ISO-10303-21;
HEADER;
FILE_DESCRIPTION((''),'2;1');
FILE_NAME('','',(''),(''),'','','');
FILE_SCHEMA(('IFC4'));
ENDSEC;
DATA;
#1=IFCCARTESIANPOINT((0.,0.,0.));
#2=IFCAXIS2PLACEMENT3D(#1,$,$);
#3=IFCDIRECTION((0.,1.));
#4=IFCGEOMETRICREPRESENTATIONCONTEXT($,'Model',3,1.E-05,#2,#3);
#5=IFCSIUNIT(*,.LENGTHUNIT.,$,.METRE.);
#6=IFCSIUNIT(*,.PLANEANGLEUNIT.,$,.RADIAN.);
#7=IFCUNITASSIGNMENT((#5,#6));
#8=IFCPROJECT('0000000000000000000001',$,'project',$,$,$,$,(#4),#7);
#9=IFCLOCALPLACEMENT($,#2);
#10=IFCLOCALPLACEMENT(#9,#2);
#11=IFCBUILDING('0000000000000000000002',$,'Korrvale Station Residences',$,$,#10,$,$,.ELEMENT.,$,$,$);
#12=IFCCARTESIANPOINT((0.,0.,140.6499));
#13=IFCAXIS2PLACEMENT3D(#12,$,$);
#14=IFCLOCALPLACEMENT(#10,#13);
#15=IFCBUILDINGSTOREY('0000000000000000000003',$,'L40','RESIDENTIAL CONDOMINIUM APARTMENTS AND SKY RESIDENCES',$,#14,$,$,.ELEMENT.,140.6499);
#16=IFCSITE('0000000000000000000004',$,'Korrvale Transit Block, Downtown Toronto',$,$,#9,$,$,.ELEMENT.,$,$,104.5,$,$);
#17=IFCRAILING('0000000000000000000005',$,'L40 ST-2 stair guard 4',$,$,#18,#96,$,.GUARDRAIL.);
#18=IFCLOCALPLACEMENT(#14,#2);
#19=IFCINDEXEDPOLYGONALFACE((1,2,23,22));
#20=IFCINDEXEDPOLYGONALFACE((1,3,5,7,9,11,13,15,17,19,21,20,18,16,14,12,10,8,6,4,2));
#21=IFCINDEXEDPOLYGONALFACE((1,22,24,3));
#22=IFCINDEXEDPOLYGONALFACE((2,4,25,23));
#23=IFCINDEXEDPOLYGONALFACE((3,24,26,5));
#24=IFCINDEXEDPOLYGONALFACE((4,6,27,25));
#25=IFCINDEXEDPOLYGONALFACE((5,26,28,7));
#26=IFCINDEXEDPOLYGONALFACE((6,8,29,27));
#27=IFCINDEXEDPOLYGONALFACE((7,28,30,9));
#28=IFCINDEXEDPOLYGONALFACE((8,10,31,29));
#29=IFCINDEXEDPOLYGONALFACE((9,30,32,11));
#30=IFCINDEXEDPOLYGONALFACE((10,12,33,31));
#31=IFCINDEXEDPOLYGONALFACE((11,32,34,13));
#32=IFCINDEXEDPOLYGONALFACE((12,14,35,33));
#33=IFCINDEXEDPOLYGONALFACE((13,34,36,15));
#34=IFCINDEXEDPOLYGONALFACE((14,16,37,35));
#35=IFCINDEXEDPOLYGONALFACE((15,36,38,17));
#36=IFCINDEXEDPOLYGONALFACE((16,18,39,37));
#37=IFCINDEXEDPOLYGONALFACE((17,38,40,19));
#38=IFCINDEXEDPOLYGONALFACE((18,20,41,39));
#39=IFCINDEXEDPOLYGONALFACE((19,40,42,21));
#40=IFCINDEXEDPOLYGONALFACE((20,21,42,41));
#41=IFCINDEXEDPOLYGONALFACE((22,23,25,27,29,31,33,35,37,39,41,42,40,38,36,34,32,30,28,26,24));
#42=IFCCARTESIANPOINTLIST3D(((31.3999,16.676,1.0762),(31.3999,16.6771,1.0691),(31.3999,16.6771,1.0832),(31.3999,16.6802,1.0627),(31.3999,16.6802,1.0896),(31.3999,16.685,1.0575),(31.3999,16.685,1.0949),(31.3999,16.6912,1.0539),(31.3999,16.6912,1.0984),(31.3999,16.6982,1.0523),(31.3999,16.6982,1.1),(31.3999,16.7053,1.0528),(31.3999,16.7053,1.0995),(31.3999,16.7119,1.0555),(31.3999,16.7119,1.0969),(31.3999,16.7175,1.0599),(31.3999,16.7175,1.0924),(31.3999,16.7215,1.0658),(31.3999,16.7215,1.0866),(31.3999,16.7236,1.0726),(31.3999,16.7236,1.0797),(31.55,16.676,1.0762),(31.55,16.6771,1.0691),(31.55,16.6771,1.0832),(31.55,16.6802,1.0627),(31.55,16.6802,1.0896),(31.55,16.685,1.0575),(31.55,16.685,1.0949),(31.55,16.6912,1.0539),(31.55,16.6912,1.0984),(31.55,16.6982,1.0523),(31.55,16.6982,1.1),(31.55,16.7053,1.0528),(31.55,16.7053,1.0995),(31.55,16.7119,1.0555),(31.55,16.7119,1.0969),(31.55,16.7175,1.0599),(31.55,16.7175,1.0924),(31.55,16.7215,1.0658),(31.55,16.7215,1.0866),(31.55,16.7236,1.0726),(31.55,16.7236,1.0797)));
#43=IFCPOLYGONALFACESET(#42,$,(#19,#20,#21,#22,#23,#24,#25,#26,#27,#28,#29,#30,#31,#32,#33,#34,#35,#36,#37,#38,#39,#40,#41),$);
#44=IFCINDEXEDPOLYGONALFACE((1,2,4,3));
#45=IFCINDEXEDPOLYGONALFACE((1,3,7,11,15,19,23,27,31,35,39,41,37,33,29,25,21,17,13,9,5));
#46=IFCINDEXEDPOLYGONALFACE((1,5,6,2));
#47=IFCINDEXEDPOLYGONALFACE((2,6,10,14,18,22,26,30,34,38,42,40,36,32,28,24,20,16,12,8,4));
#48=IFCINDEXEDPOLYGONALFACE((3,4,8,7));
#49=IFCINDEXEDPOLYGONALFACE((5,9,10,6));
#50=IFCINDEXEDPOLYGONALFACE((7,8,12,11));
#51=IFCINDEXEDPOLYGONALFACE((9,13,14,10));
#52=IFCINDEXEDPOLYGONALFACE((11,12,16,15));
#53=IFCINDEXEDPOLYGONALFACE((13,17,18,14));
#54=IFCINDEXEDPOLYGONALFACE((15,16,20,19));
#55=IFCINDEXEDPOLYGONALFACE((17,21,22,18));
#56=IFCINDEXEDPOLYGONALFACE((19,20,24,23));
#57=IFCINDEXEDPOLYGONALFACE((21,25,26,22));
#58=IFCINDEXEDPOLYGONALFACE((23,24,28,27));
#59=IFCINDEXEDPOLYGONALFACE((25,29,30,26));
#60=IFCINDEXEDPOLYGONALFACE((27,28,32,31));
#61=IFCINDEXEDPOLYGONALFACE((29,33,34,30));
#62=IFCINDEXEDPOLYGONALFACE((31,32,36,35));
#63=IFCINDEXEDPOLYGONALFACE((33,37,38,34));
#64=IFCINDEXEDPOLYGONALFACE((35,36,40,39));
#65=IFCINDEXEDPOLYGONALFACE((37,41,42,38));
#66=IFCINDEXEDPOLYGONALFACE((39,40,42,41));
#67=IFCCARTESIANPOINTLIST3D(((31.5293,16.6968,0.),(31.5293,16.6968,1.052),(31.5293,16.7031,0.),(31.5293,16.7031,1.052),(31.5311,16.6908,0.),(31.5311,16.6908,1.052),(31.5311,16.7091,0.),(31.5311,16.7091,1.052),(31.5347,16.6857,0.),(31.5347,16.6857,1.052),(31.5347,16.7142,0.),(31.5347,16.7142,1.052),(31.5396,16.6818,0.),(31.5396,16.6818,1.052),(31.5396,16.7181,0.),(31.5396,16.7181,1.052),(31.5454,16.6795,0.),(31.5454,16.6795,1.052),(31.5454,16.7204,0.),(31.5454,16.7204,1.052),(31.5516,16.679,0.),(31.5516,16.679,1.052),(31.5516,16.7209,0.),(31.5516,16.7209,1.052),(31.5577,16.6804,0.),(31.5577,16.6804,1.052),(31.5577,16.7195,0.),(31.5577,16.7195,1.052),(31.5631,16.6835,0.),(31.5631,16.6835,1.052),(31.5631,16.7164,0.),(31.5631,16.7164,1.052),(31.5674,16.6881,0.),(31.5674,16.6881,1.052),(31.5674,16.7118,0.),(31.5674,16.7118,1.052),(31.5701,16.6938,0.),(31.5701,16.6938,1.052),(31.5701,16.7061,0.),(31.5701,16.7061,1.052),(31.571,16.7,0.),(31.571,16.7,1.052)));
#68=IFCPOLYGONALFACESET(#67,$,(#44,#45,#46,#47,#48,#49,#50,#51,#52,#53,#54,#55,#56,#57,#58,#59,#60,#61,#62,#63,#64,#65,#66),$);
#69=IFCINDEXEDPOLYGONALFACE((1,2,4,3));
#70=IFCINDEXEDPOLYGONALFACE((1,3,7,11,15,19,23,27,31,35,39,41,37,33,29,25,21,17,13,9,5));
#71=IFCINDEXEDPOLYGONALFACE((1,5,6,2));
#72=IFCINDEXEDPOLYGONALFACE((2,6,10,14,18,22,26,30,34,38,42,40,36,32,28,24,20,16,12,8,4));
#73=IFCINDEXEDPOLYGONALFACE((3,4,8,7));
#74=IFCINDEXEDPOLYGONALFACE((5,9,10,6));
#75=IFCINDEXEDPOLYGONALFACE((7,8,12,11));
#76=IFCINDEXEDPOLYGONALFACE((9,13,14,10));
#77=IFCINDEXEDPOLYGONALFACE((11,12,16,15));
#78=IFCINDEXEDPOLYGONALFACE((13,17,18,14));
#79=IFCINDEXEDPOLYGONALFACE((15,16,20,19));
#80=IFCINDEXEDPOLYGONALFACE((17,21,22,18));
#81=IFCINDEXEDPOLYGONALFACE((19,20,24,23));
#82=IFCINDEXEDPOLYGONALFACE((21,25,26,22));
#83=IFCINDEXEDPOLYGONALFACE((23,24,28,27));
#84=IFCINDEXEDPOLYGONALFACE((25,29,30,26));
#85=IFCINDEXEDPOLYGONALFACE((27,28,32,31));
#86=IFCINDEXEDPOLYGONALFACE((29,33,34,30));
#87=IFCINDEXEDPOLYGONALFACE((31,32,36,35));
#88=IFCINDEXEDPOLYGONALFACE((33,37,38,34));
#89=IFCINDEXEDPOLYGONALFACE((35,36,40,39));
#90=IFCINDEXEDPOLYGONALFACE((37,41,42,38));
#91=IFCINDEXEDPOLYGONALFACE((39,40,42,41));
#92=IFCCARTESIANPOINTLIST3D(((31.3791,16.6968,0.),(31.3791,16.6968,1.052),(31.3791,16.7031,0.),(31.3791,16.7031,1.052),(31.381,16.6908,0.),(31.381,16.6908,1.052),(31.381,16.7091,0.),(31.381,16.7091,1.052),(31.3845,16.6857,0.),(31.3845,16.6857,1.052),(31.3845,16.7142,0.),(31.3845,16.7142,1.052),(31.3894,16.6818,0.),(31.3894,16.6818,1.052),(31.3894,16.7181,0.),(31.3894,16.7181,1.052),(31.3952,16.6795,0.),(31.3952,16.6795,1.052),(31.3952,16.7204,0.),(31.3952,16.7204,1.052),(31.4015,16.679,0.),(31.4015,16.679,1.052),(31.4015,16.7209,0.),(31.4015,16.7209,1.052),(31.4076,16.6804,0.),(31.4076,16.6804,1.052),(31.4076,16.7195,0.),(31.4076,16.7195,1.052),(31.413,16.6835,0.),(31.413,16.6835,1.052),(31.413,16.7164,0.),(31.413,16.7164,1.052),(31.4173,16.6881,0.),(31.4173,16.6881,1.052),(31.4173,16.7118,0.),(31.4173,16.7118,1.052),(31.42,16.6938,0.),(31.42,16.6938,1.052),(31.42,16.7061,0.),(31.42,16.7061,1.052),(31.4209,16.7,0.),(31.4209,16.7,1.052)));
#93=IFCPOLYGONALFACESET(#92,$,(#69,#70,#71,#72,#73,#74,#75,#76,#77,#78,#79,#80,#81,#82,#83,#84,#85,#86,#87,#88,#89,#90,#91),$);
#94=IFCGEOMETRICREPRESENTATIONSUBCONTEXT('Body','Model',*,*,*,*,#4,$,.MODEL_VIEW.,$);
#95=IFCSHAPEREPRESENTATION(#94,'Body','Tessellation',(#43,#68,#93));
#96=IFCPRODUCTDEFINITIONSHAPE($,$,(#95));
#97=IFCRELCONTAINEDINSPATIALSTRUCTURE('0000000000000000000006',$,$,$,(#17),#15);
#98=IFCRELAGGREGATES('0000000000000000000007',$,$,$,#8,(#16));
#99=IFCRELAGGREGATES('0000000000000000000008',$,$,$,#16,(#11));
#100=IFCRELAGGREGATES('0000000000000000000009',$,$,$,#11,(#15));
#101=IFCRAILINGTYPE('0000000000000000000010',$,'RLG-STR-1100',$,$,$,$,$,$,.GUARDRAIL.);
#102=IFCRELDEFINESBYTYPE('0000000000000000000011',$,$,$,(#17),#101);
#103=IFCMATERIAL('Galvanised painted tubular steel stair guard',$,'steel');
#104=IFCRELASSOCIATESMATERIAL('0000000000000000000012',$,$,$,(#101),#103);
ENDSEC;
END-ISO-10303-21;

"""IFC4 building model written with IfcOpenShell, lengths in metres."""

from ifc_helpers import new_model, si_unit, direction, frame, origin, origin_2d, place, context, subcontext, project, spatial, circle, extrude, material, type_object, element, save


model = new_model("IFC4")

# Units and contexts
model_context = context("Model", 3, precision=1e-05, world=origin(), true_north=direction((0.0, 1.0)))
body_context = subcontext(model_context, "Body", "Model", "MODEL_VIEW")
ifc_project = project(units=[si_unit("LENGTHUNIT", "METRE"), si_unit("PLANEANGLEUNIT", "RADIAN")], contexts=[model_context])

# Site, building, storey
site_placement = place(None, origin())
site = spatial("IfcSite", under=ifc_project, at=site_placement, Name="Korrvale Transit Block, Downtown Toronto", CompositionType="ELEMENT", RefElevation=104.5)
building_placement = place(site_placement, origin())
building = spatial("IfcBuilding", under=site, at=building_placement, Name="Korrvale Station Residences", CompositionType="ELEMENT")
storey_placement = place(building_placement, frame((0.0, 0.0, 140.6499)))
storey = spatial("IfcBuildingStorey", under=building, at=storey_placement, Name="L40", Description="RESIDENTIAL CONDOMINIUM APARTMENTS AND SKY RESIDENCES", CompositionType="ELEMENT", Elevation=140.6499)

# Railing
ifc_material_1 = material(Name="Galvanised painted tubular steel stair guard", Category="steel")
railing_type_1 = type_object("IfcRailingType", Name="RLG-STR-1100", PredefinedType="GUARDRAIL", material=ifc_material_1)
railing_1_placement = place(storey_placement, frame((31.55, 16.7, 0.0)))
element("IfcRailing", 1, at=railing_1_placement, inside=storey, type_object=railing_type_1, Name="L40 ST-2 stair guard 4", PredefinedType="GUARDRAIL", context=body_context, shape_type="SweptSolid", body=[
    extrude(circle(Radius=0.0239, at=origin_2d()), frame((0.0, 0.0, 1.0762), z_axis=(-1.0, 0.0, 0.0), x_axis=(0.0, -1.0, 0.0)), (0.0, 0.0, 1.0), 0.1501),
    extrude(circle(Radius=0.021, at=origin_2d()), origin(), (0.0, 0.0, 1.0), 1.052),
    extrude(circle(Radius=0.021, at=origin_2d()), frame((-0.1501, 0.0, 0.0)), (0.0, 0.0, 1.0), 1.052),
])

save(model, "model.ifc")
